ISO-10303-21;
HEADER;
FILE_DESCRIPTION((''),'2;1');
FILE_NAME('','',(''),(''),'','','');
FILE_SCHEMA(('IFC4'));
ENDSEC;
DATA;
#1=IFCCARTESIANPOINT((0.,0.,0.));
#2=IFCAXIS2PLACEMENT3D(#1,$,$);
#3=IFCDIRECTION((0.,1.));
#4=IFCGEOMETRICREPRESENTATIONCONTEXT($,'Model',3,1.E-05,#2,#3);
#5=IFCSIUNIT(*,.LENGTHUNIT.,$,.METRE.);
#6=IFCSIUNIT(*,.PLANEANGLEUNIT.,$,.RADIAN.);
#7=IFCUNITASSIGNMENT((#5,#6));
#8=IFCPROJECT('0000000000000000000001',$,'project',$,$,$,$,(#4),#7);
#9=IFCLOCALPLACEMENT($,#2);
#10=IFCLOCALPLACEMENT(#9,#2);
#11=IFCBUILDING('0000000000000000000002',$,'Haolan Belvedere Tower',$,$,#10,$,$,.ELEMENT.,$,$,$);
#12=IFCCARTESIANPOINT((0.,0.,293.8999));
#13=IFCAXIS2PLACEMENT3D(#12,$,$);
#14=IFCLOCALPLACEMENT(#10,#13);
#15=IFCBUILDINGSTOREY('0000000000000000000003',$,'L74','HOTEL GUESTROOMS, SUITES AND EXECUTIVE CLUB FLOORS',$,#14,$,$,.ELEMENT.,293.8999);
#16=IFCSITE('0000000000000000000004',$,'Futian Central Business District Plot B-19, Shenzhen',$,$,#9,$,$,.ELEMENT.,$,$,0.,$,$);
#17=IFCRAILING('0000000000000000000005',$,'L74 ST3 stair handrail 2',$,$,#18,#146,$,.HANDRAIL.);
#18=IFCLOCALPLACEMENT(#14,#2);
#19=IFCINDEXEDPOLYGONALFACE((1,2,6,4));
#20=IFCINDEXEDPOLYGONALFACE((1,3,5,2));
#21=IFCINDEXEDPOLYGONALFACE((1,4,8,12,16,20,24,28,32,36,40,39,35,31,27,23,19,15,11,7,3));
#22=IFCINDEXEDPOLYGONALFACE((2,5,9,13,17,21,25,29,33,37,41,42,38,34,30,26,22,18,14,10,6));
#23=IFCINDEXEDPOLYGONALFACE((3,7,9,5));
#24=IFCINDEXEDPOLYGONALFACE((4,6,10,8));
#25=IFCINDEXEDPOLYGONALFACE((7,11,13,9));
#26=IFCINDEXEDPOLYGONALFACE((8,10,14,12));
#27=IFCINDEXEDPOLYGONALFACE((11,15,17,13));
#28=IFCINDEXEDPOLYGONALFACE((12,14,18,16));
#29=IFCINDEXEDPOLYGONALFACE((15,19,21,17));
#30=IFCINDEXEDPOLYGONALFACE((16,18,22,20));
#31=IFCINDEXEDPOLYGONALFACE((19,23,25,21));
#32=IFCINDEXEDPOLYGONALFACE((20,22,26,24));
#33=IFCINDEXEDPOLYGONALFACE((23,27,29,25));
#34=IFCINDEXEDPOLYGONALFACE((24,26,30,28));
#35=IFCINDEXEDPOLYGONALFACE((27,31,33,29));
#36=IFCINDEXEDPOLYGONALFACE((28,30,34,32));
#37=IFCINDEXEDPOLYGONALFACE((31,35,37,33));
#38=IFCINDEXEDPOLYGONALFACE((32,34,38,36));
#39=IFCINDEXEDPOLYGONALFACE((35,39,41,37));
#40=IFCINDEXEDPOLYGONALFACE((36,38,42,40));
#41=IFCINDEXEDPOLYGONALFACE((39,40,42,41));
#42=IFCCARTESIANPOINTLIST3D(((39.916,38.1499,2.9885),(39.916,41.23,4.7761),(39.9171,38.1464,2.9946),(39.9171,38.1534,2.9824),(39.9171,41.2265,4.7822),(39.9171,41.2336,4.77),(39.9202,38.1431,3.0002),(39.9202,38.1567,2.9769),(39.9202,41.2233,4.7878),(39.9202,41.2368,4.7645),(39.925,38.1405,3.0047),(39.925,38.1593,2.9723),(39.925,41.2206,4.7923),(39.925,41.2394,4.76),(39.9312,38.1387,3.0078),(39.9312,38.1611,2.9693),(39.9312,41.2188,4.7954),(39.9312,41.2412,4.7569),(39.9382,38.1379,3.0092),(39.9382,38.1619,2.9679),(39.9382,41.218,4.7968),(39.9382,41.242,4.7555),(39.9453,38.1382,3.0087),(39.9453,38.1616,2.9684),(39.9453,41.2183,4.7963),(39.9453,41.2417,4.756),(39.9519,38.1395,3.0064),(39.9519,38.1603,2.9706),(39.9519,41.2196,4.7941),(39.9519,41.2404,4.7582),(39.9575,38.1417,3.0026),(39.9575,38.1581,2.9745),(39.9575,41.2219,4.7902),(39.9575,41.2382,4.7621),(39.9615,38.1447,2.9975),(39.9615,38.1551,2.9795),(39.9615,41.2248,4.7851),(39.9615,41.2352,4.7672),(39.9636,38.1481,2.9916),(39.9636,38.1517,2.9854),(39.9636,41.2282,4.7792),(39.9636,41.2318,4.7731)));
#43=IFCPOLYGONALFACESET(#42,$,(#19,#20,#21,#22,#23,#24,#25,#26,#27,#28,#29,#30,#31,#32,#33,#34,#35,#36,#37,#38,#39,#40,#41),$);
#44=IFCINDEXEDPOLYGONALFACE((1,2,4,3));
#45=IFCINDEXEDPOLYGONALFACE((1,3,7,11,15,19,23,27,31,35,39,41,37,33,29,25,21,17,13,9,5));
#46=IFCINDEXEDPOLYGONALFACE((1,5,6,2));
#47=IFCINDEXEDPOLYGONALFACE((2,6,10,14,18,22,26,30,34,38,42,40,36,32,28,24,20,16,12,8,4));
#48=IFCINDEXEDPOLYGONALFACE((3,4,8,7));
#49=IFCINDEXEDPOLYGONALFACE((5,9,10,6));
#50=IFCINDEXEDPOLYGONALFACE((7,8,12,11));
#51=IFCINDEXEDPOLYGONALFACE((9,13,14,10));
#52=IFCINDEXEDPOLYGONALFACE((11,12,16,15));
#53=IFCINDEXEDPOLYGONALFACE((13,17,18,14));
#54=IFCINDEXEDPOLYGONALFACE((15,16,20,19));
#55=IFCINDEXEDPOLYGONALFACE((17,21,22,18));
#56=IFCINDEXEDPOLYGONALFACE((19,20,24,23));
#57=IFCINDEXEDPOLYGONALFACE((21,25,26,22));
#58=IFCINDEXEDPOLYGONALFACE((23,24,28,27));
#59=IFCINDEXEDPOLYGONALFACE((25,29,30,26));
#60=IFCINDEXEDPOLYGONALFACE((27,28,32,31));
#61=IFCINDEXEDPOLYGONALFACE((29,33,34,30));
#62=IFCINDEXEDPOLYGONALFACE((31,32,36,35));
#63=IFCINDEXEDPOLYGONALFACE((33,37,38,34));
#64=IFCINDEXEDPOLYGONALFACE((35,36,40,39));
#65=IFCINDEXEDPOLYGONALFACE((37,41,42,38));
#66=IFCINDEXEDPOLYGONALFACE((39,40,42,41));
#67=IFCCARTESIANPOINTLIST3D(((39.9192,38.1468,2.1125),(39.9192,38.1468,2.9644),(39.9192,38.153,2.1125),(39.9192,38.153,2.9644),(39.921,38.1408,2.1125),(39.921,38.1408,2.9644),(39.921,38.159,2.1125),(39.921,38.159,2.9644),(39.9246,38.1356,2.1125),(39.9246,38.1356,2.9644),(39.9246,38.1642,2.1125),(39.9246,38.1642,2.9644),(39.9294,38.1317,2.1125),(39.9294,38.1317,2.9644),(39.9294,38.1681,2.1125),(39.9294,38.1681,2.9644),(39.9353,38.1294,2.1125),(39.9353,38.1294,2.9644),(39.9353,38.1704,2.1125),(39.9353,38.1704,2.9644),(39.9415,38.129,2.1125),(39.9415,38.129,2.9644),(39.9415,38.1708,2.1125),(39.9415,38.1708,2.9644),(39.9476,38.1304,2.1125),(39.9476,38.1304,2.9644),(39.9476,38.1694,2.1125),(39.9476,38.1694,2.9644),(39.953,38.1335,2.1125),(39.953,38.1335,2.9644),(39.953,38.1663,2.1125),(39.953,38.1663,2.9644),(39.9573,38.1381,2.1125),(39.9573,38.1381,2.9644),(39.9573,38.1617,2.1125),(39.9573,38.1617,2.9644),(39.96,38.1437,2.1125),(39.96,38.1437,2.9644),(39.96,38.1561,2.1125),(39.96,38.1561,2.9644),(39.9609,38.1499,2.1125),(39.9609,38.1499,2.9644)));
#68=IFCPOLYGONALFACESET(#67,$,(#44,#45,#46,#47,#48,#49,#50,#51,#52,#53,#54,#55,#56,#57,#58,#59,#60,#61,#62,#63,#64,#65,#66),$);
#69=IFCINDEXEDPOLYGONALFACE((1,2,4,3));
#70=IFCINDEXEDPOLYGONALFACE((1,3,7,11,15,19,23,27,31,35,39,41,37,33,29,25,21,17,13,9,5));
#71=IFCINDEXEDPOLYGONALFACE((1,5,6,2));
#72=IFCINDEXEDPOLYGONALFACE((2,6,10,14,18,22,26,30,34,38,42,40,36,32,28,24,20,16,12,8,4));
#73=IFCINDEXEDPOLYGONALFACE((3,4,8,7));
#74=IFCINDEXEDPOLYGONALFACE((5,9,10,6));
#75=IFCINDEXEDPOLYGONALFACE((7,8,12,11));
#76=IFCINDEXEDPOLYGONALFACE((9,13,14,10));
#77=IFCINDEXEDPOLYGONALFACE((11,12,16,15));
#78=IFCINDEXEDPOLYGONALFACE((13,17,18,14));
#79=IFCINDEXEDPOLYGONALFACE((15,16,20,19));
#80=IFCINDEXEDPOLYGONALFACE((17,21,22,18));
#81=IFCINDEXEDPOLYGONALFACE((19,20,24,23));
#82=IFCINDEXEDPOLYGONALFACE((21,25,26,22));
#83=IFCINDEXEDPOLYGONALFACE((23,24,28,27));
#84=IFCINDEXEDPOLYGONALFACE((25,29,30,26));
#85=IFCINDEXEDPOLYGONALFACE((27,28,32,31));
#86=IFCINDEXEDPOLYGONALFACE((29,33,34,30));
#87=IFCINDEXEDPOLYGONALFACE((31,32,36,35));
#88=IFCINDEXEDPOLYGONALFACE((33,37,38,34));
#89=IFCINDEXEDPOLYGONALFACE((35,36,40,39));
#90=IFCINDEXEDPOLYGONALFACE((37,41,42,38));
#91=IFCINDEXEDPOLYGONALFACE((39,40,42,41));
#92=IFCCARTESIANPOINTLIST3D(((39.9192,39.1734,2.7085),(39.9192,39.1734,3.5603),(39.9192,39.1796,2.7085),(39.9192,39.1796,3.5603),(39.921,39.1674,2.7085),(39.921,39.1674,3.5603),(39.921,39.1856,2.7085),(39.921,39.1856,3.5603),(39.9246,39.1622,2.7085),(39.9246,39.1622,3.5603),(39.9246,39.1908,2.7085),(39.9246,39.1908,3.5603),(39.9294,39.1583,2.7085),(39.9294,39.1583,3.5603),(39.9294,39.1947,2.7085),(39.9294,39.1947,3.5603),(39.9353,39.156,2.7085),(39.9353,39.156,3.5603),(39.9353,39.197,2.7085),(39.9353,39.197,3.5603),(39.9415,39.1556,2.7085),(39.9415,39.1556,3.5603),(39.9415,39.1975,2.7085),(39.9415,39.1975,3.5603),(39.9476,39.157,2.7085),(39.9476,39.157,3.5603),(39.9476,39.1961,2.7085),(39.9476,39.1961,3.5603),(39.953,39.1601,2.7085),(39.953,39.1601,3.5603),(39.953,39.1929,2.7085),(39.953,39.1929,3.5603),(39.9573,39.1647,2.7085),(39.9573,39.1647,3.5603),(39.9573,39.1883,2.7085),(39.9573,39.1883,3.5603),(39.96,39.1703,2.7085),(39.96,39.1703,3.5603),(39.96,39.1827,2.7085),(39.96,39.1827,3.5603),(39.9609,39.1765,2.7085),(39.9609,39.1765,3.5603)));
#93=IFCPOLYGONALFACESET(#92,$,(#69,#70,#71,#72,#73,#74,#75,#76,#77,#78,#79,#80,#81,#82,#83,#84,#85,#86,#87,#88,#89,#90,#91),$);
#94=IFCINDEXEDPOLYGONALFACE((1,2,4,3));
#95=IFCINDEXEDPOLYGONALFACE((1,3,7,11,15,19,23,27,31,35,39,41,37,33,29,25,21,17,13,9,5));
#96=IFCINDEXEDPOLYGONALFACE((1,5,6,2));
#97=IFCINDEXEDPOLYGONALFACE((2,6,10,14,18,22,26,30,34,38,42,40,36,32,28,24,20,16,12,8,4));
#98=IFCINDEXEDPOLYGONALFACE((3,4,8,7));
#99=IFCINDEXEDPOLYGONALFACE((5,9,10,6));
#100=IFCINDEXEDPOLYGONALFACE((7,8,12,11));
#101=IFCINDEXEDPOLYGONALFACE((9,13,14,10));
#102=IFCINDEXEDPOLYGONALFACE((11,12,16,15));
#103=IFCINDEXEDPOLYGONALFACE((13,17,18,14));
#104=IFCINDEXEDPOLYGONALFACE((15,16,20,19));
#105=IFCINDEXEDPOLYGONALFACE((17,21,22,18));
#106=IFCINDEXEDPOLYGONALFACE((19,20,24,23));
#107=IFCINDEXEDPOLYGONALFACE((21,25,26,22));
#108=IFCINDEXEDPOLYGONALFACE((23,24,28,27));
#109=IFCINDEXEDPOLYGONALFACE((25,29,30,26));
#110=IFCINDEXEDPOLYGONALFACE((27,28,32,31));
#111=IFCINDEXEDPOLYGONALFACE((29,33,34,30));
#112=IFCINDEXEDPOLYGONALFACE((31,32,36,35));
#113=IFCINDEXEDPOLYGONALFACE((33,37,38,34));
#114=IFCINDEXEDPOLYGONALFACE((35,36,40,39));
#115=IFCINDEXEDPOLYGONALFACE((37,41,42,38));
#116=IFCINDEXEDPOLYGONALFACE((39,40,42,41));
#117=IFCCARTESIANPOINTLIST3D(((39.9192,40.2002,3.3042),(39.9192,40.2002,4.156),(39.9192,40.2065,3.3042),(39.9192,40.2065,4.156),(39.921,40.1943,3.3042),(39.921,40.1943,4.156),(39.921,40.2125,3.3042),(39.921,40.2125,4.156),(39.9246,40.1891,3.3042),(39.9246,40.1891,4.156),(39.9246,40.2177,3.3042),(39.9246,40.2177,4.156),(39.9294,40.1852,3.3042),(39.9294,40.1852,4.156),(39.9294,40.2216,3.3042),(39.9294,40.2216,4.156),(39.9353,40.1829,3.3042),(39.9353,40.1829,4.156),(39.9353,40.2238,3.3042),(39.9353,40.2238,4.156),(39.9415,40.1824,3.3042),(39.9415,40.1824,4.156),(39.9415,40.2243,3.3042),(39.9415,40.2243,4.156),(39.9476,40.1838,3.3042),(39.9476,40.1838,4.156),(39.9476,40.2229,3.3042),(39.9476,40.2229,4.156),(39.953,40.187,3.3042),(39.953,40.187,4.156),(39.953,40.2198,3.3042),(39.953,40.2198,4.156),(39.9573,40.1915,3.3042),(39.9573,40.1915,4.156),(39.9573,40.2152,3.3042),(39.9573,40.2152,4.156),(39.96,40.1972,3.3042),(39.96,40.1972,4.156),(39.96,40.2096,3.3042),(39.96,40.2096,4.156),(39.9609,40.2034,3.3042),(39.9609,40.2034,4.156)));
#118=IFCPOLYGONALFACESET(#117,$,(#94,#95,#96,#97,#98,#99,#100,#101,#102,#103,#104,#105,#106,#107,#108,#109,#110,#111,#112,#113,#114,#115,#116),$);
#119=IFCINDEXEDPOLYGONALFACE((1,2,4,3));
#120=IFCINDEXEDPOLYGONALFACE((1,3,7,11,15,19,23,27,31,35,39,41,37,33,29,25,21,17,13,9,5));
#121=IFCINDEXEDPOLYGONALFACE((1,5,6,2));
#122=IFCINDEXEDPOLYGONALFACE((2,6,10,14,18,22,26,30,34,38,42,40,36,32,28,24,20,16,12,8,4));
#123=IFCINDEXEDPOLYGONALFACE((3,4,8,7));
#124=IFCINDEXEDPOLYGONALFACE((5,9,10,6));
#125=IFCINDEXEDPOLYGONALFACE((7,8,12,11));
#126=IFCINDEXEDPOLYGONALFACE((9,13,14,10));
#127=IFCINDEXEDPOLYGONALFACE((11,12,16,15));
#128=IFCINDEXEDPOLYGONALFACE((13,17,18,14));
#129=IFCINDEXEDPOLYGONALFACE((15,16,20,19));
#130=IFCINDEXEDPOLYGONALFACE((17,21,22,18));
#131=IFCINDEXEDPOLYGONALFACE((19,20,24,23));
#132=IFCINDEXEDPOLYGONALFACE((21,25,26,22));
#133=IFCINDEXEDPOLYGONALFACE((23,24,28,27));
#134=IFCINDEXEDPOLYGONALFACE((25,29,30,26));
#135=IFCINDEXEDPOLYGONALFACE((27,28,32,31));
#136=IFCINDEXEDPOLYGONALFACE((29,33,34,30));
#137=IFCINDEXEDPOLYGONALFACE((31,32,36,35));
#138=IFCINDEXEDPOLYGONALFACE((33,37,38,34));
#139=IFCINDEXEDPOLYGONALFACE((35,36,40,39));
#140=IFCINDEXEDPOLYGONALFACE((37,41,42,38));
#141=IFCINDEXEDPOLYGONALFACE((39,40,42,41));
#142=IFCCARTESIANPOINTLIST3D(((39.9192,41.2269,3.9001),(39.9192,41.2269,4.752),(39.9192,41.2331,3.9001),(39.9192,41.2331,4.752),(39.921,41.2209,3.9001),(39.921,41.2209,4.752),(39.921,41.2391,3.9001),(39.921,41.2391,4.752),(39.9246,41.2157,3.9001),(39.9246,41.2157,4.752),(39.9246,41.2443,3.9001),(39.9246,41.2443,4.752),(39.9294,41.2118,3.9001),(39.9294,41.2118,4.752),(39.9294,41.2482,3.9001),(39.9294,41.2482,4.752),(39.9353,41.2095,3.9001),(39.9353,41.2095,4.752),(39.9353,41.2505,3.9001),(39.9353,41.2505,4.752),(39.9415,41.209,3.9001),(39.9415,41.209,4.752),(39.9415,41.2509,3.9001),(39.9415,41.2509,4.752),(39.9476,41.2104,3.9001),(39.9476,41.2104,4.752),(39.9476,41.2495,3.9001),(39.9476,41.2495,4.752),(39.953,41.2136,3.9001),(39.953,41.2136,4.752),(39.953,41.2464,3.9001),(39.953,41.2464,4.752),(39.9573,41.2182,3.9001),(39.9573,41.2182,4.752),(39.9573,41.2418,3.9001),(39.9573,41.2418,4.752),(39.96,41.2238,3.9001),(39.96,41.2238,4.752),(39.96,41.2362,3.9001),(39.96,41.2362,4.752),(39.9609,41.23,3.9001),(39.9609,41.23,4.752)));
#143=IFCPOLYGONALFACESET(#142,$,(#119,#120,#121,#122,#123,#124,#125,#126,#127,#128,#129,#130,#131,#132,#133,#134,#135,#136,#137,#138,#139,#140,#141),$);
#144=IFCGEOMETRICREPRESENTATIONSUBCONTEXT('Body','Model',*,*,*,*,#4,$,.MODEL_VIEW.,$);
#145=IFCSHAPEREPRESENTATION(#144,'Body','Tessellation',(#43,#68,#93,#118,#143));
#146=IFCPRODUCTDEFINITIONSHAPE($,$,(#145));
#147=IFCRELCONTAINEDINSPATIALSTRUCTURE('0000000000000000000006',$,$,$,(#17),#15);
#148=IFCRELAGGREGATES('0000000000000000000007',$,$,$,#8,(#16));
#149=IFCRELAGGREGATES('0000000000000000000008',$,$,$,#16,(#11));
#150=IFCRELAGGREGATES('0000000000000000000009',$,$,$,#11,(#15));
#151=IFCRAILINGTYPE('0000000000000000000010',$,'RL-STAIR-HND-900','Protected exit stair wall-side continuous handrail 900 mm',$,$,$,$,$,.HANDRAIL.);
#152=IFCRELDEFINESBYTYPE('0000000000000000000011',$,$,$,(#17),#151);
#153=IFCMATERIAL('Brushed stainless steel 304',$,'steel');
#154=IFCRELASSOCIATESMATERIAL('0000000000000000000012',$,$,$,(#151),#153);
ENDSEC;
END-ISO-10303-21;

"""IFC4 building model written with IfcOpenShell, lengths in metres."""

from ifc_helpers import new_model, si_unit, direction, frame, origin, origin_2d, place, context, subcontext, project, spatial, circle, extrude, material, type_object, element, save


model = new_model("IFC4")

# Units and contexts
model_context = context("Model", 3, precision=1e-05, world=origin(), true_north=direction((0.0, 1.0)))
body_context = subcontext(model_context, "Body", "Model", "MODEL_VIEW")
ifc_project = project(units=[si_unit("LENGTHUNIT", "METRE"), si_unit("PLANEANGLEUNIT", "RADIAN")], contexts=[model_context])

# Site, building, storey
site_placement = place(None, origin())
site = spatial("IfcSite", under=ifc_project, at=site_placement, Name="Futian Central Business District Plot B-19, Shenzhen", CompositionType="ELEMENT", RefElevation=0.0)
building_placement = place(site_placement, origin())
building = spatial("IfcBuilding", under=site, at=building_placement, Name="Haolan Belvedere Tower", CompositionType="ELEMENT")
storey_placement = place(building_placement, frame((0.0, 0.0, 293.8999)))
storey = spatial("IfcBuildingStorey", under=building, at=storey_placement, Name="L74", Description="HOTEL GUESTROOMS, SUITES AND EXECUTIVE CLUB FLOORS", CompositionType="ELEMENT", Elevation=293.8999)

# Railing
ifc_material_1 = material(Name="Brushed stainless steel 304", Category="steel")
railing_type_1 = type_object("IfcRailingType", Name="RL-STAIR-HND-900", Description="Protected exit stair wall-side continuous handrail 900 mm", PredefinedType="HANDRAIL", material=ifc_material_1)
for number, where, name in (
    (1, (39.9399, 38.1499, 2.1125), "L74 ST3 stair handrail 2"),
):
    element("IfcRailing", number, at=place(storey_placement, frame(where)), inside=storey, type_object=railing_type_1, Name=name, PredefinedType="HANDRAIL", context=body_context, shape_type="SweptSolid", body=[
        extrude(circle(Radius=0.0239, at=origin_2d()), frame((0.0, 0.0, 0.876), z_axis=(0.0, 0.864891, 0.50196), x_axis=(-1.0, 0.0, 0.0)), (0.0, 0.0, 1.0), 3.5613),
        extrude(circle(Radius=0.021, at=origin_2d()), origin(), (0.0, 0.0, 1.0), 0.8518),
        extrude(circle(Radius=0.021, at=origin_2d()), frame((0.0, 1.0266, 0.5959)), (0.0, 0.0, 1.0), 0.8518),
        extrude(circle(Radius=0.021, at=origin_2d()), frame((0.0, 2.0535, 1.1917)), (0.0, 0.0, 1.0), 0.8518),
        extrude(circle(Radius=0.021, at=origin_2d()), frame((0.0, 3.0801, 1.7876)), (0.0, 0.0, 1.0), 0.8518),
    ])

save(model, "model.ifc")
